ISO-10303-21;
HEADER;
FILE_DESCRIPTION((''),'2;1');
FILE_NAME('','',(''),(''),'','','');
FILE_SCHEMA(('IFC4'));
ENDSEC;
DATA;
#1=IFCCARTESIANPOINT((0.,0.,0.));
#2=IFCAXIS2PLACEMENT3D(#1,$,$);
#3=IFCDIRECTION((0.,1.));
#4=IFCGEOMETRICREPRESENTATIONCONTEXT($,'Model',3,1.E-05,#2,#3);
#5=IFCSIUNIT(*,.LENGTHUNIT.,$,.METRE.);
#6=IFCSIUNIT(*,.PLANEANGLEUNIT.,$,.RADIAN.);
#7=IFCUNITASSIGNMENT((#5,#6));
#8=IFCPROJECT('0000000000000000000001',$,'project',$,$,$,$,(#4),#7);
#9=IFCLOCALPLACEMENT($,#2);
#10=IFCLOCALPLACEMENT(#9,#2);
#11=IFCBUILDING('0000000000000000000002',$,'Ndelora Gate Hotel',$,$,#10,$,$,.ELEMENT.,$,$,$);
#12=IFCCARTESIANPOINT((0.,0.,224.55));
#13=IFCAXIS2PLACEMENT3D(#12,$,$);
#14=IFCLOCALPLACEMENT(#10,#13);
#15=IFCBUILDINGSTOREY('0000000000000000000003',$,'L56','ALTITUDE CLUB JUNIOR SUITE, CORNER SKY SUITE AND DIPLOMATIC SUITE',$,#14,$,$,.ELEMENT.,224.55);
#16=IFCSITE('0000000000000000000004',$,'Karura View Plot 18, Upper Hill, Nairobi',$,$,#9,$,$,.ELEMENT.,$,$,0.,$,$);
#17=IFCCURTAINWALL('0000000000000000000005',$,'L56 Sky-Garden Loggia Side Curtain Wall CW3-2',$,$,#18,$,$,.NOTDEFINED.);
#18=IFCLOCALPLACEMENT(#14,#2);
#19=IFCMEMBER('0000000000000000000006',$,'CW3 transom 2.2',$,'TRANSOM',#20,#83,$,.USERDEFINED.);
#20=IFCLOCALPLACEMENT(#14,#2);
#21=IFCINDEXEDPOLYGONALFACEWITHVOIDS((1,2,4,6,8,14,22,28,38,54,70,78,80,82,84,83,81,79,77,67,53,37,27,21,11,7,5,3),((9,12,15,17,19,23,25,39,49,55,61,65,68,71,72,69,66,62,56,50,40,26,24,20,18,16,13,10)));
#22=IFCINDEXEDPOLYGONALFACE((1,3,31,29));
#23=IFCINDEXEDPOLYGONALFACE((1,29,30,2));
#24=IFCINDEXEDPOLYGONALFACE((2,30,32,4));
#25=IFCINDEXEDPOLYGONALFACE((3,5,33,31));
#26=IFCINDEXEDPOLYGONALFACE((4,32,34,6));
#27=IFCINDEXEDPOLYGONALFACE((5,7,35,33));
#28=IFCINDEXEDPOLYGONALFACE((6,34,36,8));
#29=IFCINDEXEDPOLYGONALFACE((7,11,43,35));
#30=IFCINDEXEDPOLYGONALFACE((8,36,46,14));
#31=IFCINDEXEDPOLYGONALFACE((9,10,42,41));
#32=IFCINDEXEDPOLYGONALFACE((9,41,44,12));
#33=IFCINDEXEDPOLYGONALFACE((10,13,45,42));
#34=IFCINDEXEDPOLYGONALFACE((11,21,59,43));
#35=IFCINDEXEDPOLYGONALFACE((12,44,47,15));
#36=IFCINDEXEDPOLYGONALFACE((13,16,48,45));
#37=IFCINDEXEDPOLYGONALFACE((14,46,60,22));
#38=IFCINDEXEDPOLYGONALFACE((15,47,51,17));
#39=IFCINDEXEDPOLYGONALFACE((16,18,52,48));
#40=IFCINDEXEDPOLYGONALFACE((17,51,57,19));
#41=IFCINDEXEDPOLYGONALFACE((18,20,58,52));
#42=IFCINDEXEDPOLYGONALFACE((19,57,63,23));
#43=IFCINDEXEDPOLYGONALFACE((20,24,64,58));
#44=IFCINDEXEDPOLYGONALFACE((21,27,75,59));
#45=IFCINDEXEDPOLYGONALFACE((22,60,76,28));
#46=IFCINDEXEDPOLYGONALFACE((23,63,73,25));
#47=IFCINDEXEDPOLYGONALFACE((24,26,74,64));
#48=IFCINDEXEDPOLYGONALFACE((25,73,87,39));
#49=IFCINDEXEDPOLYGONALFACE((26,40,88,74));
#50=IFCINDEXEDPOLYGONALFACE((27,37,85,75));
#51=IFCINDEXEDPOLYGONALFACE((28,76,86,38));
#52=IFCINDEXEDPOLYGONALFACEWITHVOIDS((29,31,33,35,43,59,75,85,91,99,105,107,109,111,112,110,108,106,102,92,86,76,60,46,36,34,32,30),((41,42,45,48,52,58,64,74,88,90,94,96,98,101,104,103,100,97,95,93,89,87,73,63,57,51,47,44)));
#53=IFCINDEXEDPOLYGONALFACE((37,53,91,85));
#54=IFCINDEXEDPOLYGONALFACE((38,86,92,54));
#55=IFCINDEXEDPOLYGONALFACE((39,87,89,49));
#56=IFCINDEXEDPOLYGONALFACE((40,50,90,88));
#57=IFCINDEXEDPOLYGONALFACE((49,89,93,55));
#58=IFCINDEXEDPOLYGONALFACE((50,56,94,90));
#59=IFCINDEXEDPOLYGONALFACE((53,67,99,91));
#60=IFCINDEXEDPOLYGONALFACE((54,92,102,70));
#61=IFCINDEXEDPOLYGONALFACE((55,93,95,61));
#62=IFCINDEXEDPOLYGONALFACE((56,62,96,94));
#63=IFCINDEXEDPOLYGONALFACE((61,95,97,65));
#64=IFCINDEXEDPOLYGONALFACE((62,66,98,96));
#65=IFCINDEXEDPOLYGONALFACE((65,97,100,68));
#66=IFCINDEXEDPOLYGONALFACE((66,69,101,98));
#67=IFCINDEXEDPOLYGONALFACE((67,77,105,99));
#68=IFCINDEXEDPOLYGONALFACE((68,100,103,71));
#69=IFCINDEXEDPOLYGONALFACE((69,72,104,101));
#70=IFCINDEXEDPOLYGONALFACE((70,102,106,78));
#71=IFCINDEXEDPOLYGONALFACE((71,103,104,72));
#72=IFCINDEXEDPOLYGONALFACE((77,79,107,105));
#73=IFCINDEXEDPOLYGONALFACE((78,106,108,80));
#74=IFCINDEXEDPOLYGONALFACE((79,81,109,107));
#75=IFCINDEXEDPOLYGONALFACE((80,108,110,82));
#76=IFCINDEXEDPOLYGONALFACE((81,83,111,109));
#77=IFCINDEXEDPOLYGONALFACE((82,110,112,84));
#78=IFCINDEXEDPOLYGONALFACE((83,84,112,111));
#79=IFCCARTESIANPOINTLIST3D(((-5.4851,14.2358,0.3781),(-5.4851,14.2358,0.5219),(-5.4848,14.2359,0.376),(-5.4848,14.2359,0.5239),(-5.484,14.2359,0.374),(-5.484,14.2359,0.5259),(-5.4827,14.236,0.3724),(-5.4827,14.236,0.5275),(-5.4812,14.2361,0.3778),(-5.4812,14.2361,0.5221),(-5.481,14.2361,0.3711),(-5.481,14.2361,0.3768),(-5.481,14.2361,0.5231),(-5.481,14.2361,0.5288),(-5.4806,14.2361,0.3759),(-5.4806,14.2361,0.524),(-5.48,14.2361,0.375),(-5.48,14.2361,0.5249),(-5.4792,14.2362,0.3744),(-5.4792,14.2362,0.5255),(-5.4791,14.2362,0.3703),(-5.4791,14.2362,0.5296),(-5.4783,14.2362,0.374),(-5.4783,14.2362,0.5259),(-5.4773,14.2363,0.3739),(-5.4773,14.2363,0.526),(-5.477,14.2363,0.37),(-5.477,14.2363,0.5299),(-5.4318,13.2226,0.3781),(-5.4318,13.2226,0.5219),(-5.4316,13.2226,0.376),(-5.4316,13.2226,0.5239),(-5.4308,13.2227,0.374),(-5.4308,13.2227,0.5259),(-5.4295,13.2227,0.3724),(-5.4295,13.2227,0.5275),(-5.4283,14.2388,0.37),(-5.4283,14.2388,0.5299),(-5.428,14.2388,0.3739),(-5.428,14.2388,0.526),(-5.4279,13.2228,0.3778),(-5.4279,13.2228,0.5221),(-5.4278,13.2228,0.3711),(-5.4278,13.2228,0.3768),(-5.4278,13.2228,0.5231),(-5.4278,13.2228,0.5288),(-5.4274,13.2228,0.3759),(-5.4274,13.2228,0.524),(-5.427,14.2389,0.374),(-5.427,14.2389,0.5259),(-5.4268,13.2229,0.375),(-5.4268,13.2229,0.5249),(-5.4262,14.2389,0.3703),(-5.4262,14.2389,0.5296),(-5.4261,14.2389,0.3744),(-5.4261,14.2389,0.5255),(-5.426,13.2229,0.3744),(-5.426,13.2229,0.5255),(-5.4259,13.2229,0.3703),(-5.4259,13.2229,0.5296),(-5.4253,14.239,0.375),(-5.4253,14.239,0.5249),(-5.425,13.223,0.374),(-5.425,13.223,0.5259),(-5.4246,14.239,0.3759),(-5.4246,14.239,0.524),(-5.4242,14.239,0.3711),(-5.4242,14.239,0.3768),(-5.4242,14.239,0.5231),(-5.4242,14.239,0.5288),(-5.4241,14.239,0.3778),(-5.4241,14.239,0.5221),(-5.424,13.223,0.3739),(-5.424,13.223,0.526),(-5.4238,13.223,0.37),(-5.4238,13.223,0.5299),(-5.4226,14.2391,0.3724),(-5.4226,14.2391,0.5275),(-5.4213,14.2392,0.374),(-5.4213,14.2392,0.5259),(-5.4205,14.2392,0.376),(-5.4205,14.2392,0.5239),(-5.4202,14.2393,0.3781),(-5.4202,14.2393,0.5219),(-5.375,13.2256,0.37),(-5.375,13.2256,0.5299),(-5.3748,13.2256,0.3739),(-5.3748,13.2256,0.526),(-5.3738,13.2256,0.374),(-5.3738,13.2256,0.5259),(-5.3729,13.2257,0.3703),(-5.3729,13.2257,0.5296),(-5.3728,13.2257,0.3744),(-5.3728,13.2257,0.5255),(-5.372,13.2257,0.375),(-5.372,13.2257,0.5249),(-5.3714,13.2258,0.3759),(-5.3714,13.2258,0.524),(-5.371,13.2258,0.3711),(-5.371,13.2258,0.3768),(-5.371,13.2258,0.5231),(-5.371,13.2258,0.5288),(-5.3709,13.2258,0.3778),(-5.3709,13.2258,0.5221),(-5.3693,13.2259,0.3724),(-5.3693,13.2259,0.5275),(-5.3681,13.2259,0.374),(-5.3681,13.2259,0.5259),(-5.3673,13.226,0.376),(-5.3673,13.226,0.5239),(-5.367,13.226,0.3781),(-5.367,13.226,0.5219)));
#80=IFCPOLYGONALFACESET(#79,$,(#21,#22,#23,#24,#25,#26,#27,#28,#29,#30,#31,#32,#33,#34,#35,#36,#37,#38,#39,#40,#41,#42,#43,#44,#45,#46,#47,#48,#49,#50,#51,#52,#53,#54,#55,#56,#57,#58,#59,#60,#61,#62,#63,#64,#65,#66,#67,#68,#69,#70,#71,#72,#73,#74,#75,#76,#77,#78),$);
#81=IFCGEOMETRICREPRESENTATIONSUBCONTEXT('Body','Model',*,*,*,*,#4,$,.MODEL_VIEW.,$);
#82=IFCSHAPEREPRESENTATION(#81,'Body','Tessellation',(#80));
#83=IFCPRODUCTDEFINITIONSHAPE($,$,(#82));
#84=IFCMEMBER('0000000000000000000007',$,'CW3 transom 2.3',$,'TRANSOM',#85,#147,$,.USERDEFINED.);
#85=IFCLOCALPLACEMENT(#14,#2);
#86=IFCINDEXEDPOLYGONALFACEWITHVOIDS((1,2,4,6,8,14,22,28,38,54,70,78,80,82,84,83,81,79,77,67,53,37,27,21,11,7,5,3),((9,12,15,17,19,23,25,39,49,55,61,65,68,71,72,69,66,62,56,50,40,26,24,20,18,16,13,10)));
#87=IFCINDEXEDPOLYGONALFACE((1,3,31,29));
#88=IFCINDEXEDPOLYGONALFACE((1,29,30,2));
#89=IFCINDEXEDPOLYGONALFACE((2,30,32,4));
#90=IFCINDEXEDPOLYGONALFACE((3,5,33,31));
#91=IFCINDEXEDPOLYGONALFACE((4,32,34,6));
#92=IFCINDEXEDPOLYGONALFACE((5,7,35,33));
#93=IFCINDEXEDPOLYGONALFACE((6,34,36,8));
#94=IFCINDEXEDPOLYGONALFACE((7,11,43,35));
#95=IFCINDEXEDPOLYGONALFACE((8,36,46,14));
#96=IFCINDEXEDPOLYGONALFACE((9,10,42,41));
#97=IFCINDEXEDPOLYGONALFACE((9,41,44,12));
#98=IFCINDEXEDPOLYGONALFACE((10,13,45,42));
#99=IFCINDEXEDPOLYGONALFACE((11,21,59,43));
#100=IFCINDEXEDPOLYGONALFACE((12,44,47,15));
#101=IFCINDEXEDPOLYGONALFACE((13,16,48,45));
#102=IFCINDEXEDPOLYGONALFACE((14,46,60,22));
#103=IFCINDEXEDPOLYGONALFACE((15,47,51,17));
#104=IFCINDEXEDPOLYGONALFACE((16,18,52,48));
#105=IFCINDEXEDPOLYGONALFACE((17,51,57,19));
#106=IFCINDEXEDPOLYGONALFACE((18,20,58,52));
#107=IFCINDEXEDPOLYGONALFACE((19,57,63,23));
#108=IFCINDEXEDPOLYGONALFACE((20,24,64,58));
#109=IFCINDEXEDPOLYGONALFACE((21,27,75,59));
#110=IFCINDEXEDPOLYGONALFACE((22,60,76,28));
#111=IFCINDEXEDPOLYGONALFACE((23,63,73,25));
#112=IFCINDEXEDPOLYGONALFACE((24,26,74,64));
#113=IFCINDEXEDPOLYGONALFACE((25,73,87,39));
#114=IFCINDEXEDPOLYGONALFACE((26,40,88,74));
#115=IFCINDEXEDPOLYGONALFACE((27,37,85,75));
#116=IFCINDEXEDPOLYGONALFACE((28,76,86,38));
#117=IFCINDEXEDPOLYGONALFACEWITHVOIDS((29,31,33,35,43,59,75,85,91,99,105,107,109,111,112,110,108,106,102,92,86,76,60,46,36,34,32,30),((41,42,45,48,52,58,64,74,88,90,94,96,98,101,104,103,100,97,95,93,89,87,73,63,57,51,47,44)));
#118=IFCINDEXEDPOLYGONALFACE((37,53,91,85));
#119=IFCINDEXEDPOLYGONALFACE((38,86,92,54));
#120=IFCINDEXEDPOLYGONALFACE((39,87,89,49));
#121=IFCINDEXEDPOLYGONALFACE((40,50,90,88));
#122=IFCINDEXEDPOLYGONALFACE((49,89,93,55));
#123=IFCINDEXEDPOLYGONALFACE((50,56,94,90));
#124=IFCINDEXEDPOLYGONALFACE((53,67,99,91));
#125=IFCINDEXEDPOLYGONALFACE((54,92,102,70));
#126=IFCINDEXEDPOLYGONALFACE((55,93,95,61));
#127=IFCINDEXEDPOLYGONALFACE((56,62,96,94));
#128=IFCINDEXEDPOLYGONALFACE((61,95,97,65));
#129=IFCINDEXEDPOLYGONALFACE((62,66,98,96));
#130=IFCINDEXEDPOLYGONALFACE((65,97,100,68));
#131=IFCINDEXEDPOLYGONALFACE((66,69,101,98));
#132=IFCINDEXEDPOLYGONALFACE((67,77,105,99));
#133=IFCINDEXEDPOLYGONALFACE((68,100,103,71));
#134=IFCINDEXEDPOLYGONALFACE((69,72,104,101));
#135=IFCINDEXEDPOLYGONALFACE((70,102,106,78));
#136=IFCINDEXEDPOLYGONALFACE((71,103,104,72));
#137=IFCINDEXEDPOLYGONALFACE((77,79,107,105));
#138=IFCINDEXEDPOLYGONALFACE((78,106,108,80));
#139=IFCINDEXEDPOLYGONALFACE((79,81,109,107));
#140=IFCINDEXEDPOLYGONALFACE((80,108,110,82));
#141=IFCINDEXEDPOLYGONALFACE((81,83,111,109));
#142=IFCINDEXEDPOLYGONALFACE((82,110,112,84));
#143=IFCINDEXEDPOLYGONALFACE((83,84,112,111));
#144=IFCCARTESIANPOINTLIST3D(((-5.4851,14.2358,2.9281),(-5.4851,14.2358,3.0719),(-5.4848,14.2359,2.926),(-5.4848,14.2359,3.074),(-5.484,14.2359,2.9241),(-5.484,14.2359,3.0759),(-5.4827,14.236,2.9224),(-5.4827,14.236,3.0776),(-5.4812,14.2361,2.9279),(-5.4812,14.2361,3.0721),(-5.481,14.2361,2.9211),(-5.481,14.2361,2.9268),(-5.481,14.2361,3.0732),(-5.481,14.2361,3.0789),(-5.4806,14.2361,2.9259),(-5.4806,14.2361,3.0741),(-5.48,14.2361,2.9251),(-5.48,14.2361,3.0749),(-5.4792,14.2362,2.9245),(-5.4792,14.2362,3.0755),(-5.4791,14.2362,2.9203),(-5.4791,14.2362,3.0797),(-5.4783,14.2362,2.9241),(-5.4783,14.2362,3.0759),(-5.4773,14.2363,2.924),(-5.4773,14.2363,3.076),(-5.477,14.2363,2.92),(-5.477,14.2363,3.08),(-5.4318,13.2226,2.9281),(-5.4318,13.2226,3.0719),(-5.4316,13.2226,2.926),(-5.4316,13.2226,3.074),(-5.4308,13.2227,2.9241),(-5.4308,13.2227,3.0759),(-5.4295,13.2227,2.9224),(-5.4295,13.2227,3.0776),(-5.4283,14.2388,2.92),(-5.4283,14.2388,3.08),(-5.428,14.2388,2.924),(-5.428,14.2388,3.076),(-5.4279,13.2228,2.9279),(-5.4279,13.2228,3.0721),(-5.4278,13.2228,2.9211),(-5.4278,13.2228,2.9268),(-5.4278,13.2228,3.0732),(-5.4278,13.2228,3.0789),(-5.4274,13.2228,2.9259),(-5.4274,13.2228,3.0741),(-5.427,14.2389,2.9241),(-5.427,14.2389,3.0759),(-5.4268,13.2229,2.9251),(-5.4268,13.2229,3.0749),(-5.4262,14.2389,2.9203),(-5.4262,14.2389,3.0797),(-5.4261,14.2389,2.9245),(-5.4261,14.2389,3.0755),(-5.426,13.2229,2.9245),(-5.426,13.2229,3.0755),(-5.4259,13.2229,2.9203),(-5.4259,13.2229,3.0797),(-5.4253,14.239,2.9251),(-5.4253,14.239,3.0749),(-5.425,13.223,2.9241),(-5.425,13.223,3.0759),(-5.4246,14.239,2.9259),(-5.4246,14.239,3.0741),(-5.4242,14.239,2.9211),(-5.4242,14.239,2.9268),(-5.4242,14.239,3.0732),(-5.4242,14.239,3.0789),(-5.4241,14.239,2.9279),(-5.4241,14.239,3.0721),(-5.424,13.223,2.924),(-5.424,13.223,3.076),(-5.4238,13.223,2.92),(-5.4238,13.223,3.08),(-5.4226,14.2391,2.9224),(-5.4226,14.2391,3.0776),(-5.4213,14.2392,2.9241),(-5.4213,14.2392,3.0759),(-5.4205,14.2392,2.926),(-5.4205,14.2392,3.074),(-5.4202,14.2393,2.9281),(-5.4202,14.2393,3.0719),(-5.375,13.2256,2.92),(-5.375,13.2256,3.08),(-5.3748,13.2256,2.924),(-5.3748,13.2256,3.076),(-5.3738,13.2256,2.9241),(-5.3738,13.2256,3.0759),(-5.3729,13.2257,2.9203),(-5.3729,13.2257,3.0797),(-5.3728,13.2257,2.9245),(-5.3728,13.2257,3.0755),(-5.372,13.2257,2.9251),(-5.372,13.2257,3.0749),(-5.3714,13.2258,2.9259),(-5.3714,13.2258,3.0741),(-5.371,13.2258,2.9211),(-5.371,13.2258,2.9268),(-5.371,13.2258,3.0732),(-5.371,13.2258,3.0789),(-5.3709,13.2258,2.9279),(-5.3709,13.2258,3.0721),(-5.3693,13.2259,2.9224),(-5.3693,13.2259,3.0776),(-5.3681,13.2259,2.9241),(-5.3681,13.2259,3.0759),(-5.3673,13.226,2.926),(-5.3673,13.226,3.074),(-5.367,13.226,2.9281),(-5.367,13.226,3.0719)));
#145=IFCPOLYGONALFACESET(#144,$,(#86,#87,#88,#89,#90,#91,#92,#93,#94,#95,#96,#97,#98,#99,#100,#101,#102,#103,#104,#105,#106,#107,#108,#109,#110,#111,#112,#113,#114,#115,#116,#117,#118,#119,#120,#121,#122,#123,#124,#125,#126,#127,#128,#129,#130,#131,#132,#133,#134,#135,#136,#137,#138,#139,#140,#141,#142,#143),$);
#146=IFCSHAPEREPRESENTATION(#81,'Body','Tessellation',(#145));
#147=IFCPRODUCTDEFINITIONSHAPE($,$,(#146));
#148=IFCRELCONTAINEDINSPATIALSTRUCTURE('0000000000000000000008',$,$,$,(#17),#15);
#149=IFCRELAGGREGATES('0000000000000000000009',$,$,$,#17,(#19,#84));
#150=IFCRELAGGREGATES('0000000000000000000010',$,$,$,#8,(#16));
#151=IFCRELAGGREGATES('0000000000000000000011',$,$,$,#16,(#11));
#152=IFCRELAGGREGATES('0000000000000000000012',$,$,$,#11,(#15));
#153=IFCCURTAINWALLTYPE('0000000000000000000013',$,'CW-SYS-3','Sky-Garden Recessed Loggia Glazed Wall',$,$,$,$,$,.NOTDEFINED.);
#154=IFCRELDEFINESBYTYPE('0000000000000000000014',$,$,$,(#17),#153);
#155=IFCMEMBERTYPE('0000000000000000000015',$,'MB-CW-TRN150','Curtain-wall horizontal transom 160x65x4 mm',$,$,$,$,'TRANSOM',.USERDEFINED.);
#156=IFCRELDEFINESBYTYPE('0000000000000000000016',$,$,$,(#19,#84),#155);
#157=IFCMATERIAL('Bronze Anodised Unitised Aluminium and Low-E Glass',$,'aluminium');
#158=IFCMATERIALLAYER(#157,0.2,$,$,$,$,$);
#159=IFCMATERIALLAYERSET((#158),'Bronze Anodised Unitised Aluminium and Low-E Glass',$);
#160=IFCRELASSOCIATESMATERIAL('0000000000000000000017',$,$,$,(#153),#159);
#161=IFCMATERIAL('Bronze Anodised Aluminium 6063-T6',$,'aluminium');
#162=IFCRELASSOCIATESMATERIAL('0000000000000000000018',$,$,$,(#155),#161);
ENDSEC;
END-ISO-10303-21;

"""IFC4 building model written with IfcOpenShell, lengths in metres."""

from ifc_helpers import new_model, si_unit, direction, frame, origin, origin_2d, place, context, subcontext, project, spatial, hollow_rectangle, extrude, material, layer, layer_set, material_profile, profile_set, type_object, element, aggregate, save


model = new_model("IFC4")

# Units and contexts
model_context = context("Model", 3, precision=1e-05, world=origin(), true_north=direction((0.0, 1.0)))
body_context = subcontext(model_context, "Body", "Model", "MODEL_VIEW")
ifc_project = project(units=[si_unit("LENGTHUNIT", "METRE"), si_unit("PLANEANGLEUNIT", "RADIAN")], contexts=[model_context])

# Site, building, storey
site_placement = place(None, origin())
site = spatial("IfcSite", under=ifc_project, at=site_placement, Name="Karura View Plot 18, Upper Hill, Nairobi", CompositionType="ELEMENT", RefElevation=0.0)
building_placement = place(site_placement, origin())
building = spatial("IfcBuilding", under=site, at=building_placement, Name="Ndelora Gate Hotel", CompositionType="ELEMENT")
storey_placement = place(building_placement, frame((0.0, 0.0, 224.55)))
storey = spatial("IfcBuildingStorey", under=building, at=storey_placement, Name="L56", Description="ALTITUDE CLUB JUNIOR SUITE, CORNER SKY SUITE AND DIPLOMATIC SUITE", CompositionType="ELEMENT", Elevation=224.55)

# Curtain wall, members
ifc_material_1 = material(Name="Bronze Anodised Unitised Aluminium and Low-E Glass", Category="aluminium")
ifc_layer_1 = layer(ifc_material_1, 0.2)
ifc_layer_set_1 = layer_set([ifc_layer_1], Name="Bronze Anodised Unitised Aluminium and Low-E Glass")
curtain_wall_type = type_object("IfcCurtainWallType", Name="CW-SYS-3", Description="Sky-Garden Recessed Loggia Glazed Wall", PredefinedType="NOTDEFINED", material=ifc_layer_set_1)
curtain_wall_placement = place(storey_placement, origin())
curtain_wall = element("IfcCurtainWall", 1, at=curtain_wall_placement, inside=storey, type_object=curtain_wall_type, Name="L56 Sky-Garden Loggia Side Curtain Wall CW3-2", PredefinedType="NOTDEFINED")
ifc_material_2 = material(Name="Bronze Anodised Aluminium 6063-T6", Category="aluminium")
ifc_material_profile_1 = material_profile(ifc_material_2, hollow_rectangle(XDim=0.0649, YDim=0.1599, WallThickness=0.0039, InnerFilletRadius=0.0039, OuterFilletRadius=0.0081, at=origin_2d()), Name="ALU 160x65x4")
ifc_profile_set_1 = profile_set([ifc_material_profile_1], Name="Bronze Anodised Aluminium 6063-T6")
member_type_1 = type_object("IfcMemberType", Name="MB-CW-TRN150", Description="Curtain-wall horizontal transom 160x65x4 mm", ElementType="TRANSOM", PredefinedType="USERDEFINED", material=ifc_profile_set_1)
member_1_placement = place(storey_placement, frame((-5.4526, 14.2375, 0.45), z_axis=(0.052458, -0.998623, 0.0), x_axis=(0.998623, 0.052458, 0.0)))
member_1 = element("IfcMember", 2, at=member_1_placement, type_object=member_type_1, Name="CW3 transom 2.2", ObjectType="TRANSOM", PredefinedType="USERDEFINED", context=body_context, shape_type="SweptSolid", body=[
    extrude(hollow_rectangle(XDim=0.0649, YDim=0.1599, WallThickness=0.0039, InnerFilletRadius=0.0039, OuterFilletRadius=0.0081, at=origin_2d()), origin(), (0.0, 0.0, 1.0), 1.0146),
])
member_2_placement = place(storey_placement, frame((-5.4526, 14.2375, 3.0), z_axis=(0.052458, -0.998623, 0.0), x_axis=(0.998623, 0.052458, 0.0)))
member_2 = element("IfcMember", 3, at=member_2_placement, type_object=member_type_1, Name="CW3 transom 2.3", ObjectType="TRANSOM", PredefinedType="USERDEFINED", context=body_context, shape_type="SweptSolid", body=[
    extrude(hollow_rectangle(XDim=0.0649, YDim=0.1599, WallThickness=0.0039, InnerFilletRadius=0.0039, OuterFilletRadius=0.0081, at=origin_2d()), origin(), (0.0, 0.0, 1.0), 1.0146),
])
aggregate(curtain_wall, [member_1, member_2])

save(model, "model.ifc")
